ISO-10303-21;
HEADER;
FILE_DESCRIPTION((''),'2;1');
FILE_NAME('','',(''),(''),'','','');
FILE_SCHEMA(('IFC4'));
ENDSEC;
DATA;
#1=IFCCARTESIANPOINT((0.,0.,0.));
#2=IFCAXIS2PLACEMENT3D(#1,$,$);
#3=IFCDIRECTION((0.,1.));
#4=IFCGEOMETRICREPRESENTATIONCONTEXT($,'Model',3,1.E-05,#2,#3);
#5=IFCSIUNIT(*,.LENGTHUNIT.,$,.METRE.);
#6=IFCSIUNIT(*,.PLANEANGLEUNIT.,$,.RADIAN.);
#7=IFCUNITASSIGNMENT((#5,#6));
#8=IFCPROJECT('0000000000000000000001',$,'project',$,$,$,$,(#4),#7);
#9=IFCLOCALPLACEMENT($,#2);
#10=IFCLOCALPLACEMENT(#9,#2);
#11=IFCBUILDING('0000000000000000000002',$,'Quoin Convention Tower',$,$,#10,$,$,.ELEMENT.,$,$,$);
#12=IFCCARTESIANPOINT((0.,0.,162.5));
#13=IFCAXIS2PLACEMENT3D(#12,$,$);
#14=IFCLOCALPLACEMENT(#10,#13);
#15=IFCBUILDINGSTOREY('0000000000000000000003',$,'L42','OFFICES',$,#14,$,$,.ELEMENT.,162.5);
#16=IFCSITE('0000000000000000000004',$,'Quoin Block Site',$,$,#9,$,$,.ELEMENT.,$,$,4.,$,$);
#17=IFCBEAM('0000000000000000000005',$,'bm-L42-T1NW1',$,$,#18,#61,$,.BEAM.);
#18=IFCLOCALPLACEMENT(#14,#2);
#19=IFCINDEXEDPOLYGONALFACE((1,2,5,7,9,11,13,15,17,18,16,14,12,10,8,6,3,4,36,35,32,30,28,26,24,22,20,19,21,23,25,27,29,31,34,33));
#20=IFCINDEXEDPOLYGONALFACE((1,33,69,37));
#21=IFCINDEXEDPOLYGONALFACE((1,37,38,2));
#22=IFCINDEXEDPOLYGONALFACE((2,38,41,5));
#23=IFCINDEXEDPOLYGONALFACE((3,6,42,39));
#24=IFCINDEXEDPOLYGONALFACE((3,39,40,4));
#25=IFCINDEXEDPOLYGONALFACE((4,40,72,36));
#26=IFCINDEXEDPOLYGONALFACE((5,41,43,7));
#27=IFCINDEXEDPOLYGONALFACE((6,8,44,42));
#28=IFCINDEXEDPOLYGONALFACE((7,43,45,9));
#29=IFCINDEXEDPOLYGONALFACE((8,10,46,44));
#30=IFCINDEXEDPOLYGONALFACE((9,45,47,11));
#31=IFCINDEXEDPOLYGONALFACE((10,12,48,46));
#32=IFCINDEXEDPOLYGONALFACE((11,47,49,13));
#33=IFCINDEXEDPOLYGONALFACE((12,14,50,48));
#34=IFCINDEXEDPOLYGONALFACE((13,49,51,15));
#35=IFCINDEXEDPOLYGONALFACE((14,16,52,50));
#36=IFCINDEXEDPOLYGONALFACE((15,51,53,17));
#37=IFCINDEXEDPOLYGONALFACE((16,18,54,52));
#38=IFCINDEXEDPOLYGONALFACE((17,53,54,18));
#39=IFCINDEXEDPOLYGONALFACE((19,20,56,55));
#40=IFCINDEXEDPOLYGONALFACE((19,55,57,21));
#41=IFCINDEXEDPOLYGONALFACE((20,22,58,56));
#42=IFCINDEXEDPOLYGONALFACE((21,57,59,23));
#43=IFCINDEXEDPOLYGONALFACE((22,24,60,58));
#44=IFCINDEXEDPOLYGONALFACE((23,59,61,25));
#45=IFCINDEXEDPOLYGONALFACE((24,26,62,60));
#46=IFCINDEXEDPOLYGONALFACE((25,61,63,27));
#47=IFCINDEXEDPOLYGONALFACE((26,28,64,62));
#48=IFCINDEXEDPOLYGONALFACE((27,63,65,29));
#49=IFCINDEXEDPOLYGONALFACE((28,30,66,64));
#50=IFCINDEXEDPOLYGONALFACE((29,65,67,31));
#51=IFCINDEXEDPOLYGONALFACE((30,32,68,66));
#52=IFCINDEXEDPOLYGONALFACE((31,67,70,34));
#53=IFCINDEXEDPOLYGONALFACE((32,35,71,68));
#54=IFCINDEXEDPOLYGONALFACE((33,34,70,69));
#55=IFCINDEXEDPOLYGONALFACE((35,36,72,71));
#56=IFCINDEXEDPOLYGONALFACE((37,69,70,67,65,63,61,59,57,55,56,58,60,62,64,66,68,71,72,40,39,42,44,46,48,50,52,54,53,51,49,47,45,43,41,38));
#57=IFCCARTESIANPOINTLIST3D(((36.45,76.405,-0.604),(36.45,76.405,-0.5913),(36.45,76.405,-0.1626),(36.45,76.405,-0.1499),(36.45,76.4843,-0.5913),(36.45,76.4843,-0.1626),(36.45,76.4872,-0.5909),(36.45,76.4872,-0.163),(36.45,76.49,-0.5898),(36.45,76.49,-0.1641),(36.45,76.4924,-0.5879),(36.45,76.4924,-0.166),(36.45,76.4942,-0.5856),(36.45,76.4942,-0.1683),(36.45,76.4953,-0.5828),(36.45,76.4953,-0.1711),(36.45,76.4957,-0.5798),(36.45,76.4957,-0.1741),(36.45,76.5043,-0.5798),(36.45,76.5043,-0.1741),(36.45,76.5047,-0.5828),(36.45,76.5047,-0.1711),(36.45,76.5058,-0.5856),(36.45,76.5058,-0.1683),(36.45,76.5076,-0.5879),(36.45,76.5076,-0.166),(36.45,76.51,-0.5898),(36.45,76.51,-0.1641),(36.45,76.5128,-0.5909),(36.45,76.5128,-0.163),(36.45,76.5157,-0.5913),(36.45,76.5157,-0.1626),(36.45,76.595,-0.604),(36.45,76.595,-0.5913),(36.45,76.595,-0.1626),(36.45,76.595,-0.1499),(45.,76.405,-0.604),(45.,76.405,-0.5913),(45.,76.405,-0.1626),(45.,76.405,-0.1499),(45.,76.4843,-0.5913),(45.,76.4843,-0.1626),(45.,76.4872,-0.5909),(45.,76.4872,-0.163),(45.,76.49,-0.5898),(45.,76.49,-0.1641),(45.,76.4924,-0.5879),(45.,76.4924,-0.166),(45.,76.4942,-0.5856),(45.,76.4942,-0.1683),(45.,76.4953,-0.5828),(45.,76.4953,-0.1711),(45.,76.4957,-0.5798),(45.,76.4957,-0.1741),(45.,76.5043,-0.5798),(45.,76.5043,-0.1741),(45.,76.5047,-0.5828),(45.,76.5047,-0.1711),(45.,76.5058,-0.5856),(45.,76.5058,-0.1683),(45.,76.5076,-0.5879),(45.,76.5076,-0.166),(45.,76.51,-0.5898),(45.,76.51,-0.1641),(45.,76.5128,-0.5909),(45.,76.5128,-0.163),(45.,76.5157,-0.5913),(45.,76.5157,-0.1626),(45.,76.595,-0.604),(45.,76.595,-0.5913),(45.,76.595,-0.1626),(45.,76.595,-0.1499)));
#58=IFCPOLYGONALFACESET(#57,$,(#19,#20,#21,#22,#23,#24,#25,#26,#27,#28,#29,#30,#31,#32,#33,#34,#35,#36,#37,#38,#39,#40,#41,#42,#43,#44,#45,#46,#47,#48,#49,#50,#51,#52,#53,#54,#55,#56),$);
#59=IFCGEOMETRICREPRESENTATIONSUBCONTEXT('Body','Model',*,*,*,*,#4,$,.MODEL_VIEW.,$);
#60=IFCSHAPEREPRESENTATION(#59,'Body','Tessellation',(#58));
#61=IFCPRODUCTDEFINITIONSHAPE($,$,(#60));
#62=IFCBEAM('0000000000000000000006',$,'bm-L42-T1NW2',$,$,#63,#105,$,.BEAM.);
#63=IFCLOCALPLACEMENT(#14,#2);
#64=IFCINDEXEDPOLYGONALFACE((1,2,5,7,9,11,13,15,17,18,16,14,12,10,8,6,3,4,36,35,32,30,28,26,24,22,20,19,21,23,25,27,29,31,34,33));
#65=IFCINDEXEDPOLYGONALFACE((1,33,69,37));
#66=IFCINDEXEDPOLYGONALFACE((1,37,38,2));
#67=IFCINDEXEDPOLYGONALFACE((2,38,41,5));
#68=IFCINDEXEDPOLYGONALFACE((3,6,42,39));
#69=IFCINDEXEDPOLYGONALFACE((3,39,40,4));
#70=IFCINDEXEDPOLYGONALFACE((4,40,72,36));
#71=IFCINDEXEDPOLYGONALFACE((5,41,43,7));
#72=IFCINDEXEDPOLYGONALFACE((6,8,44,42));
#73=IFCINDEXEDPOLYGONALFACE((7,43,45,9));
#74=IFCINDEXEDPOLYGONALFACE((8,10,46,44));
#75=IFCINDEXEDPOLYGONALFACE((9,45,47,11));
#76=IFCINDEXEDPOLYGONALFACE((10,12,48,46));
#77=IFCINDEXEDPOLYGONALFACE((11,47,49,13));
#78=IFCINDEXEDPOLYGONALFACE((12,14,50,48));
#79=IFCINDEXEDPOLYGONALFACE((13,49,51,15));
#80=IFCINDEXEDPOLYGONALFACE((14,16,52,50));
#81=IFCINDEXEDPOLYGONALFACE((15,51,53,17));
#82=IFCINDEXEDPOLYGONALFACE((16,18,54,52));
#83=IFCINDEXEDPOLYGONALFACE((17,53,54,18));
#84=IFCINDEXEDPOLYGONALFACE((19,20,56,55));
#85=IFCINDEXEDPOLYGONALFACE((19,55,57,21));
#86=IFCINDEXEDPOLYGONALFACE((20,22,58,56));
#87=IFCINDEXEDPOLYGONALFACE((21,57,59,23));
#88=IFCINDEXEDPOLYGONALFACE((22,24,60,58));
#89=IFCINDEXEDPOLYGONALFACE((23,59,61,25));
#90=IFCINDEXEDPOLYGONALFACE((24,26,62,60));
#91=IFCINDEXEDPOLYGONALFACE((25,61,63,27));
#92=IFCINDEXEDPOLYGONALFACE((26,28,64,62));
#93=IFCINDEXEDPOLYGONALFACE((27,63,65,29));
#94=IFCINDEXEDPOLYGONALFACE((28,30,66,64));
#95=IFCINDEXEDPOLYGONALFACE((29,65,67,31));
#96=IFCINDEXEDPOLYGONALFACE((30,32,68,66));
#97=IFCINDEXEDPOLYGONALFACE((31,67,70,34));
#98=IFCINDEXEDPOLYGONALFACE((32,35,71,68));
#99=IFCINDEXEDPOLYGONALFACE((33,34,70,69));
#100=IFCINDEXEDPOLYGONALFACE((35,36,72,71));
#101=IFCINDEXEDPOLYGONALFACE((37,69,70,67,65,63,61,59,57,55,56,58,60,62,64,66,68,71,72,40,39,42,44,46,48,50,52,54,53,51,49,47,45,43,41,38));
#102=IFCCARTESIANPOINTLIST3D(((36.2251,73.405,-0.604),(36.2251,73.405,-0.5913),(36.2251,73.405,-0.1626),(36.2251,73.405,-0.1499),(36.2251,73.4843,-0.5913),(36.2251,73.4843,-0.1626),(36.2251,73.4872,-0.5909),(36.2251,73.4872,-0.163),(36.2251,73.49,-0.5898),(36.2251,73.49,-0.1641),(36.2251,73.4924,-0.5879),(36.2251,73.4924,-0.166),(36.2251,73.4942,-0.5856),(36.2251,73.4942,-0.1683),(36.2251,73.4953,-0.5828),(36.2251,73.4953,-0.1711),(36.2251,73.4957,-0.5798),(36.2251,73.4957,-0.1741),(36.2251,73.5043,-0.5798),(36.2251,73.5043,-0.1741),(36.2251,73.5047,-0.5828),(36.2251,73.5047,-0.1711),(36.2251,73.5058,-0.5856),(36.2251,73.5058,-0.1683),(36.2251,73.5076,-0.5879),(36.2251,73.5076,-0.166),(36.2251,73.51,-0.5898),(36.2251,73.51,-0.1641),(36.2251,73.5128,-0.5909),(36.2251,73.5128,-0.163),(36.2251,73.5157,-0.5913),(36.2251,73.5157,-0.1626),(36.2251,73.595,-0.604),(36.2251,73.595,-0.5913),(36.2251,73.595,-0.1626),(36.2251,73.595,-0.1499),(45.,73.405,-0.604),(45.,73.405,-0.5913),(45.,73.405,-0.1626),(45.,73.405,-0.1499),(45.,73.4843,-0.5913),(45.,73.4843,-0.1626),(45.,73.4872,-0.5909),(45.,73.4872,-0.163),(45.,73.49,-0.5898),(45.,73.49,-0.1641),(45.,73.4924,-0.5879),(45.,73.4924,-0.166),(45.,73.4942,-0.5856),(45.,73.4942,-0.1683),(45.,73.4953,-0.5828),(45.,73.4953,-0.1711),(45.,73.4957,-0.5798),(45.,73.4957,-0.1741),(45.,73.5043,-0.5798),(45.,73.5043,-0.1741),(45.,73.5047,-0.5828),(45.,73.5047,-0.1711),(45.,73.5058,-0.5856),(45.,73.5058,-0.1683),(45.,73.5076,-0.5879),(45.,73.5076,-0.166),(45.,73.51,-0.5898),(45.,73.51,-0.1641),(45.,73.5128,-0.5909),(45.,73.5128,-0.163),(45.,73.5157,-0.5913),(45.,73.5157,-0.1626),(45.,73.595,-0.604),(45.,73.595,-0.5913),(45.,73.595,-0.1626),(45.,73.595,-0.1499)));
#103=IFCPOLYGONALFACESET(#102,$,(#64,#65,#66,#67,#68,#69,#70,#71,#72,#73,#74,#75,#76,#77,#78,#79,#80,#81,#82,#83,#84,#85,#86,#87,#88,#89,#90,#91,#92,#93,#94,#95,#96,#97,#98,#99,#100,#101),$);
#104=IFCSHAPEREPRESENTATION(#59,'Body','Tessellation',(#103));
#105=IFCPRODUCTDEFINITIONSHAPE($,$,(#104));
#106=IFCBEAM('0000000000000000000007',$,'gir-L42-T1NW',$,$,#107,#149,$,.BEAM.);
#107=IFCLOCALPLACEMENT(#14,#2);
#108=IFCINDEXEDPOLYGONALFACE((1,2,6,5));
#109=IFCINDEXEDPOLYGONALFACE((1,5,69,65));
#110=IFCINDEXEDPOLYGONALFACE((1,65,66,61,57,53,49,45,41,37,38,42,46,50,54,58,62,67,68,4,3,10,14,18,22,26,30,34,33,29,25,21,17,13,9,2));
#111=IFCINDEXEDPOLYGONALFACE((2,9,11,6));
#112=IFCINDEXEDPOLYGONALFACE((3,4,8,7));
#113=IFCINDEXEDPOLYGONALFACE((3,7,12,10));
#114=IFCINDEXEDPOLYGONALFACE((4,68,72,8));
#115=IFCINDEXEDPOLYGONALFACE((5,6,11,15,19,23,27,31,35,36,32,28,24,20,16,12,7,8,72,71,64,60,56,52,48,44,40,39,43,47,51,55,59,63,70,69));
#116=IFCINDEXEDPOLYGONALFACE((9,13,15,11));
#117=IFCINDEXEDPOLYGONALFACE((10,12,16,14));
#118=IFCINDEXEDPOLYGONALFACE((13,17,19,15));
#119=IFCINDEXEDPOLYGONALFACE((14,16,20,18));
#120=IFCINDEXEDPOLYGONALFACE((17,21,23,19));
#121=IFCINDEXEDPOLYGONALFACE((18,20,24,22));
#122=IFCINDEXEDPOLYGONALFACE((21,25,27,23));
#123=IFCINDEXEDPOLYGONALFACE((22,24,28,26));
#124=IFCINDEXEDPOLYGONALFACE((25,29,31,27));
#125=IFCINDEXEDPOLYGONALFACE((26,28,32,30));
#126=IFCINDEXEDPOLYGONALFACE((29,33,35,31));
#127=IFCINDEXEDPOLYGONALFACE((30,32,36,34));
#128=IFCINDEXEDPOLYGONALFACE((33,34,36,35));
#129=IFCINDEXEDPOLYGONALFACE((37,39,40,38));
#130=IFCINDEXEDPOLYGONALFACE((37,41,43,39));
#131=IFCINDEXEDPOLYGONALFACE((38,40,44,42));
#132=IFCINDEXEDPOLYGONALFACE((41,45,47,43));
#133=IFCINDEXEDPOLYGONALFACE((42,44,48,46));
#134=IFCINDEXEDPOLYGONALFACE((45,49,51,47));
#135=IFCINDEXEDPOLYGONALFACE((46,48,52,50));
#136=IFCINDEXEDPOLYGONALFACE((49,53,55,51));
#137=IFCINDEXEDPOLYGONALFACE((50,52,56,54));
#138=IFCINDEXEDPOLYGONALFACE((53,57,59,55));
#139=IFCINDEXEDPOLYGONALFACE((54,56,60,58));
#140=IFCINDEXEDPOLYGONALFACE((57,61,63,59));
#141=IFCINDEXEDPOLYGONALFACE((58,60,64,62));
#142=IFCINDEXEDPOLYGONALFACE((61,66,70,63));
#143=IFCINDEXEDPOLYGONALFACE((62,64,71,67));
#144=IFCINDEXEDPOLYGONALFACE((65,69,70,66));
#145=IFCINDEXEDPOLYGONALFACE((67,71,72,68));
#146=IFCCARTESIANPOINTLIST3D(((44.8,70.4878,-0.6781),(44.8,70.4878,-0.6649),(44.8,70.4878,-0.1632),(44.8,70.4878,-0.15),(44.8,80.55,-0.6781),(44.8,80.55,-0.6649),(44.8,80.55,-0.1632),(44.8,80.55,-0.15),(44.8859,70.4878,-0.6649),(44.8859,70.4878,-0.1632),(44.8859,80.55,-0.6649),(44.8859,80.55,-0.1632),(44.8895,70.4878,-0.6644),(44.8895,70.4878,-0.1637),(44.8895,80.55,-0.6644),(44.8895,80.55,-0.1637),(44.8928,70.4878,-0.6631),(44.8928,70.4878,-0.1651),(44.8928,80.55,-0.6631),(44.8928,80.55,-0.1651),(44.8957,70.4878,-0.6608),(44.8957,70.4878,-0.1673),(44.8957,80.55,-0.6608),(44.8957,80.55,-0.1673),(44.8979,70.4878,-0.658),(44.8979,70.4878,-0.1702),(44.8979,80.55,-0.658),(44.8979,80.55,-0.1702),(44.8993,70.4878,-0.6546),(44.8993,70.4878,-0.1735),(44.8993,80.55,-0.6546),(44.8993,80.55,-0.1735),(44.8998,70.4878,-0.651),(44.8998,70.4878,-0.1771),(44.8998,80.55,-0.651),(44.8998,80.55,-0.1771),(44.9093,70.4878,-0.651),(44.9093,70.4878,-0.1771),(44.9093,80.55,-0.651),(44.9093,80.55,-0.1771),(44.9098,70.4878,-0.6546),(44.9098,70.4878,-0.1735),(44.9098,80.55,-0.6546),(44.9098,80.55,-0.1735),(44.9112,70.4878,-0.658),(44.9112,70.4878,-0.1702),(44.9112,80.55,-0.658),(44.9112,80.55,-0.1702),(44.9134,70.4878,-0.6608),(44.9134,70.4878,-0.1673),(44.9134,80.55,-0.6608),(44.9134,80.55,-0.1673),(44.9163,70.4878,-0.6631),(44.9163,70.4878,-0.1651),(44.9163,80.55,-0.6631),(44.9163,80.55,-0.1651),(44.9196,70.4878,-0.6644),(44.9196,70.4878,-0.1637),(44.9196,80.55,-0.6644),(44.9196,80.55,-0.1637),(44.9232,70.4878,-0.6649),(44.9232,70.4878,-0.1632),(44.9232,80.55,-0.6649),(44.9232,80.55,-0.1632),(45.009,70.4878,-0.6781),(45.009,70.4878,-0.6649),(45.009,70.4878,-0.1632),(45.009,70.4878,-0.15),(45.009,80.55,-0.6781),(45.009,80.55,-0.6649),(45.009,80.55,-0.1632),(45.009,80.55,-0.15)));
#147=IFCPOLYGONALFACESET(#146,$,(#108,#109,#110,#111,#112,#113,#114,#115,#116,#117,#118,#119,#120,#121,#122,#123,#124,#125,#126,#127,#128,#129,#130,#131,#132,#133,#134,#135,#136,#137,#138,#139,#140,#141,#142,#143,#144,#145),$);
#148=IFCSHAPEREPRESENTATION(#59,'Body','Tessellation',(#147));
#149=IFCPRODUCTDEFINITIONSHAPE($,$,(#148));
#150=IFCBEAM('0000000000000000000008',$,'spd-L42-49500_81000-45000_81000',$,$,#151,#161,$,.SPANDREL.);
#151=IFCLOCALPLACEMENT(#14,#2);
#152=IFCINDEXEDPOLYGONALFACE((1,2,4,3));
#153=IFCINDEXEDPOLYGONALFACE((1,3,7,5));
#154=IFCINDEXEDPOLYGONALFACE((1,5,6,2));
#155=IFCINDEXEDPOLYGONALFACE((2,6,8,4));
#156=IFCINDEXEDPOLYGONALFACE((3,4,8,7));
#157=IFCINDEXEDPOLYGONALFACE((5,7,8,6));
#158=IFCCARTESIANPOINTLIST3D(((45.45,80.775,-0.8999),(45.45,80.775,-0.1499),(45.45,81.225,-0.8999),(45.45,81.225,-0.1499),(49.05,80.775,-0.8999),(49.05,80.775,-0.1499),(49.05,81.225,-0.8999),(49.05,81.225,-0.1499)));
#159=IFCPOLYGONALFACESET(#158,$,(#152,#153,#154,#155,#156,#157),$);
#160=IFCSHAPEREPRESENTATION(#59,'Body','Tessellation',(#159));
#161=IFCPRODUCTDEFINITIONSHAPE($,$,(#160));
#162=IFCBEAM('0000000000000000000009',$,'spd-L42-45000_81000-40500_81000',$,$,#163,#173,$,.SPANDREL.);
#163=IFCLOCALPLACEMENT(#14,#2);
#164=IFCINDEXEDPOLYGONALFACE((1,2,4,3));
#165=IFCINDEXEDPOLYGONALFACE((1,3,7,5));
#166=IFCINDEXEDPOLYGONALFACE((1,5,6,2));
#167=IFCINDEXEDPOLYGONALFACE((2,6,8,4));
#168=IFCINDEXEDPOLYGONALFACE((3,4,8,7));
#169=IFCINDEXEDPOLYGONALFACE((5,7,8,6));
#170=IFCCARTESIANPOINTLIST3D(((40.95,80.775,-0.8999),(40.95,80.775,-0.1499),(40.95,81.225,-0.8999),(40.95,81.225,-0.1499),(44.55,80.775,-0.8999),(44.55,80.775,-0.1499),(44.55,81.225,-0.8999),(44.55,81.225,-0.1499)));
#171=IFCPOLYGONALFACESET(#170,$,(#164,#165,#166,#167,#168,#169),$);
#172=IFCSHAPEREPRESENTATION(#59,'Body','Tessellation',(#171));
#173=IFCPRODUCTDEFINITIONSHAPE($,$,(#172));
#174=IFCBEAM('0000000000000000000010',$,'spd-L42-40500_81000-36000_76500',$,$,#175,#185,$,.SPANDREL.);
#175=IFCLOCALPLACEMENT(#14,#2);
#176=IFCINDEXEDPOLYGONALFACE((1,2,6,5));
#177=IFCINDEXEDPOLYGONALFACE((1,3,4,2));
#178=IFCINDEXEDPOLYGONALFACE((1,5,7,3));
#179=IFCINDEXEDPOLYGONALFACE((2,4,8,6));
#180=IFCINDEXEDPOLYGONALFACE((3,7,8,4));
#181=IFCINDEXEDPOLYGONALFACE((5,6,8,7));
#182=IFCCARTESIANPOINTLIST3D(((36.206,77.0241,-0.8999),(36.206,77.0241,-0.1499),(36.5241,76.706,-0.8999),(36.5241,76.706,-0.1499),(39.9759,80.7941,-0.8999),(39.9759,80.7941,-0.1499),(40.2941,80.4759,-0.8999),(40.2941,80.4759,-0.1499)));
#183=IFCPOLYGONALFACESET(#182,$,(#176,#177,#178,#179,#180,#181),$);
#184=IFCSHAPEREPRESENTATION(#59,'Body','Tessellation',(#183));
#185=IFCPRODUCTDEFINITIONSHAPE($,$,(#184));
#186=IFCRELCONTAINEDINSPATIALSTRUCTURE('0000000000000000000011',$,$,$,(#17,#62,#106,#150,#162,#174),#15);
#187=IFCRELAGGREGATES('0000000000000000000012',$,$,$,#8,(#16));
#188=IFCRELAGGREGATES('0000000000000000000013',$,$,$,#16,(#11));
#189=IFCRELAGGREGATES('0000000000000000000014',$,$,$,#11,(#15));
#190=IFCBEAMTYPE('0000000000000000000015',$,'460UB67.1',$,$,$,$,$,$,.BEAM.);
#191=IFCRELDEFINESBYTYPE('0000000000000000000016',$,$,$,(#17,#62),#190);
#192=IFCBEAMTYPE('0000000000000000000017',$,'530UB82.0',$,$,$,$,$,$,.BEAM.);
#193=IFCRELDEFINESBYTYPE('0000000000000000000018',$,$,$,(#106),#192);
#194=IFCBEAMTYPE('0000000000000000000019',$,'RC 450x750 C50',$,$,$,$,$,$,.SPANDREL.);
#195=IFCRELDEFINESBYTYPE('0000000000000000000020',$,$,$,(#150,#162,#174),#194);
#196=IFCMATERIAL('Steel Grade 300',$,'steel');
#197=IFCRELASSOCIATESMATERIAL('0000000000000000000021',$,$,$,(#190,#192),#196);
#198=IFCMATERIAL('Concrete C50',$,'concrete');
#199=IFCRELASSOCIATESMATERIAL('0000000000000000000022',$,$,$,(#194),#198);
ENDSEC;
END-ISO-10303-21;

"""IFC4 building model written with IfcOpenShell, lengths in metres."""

from ifc_helpers import new_model, si_unit, direction, frame, origin, origin_2d, place, context, subcontext, project, spatial, rectangle, i_section, extrude, material, material_profile, profile_set, type_object, element, save


model = new_model("IFC4")

# Units and contexts
model_context = context("Model", 3, precision=1e-05, world=origin(), true_north=direction((0.0, 1.0)))
body_context = subcontext(model_context, "Body", "Model", "MODEL_VIEW")
ifc_project = project(units=[si_unit("LENGTHUNIT", "METRE"), si_unit("PLANEANGLEUNIT", "RADIAN")], contexts=[model_context])

# Site, building, storey
site_placement = place(None, origin())
site = spatial("IfcSite", under=ifc_project, at=site_placement, Name="Quoin Block Site", CompositionType="ELEMENT", RefElevation=4.0)
building_placement = place(site_placement, origin())
building = spatial("IfcBuilding", under=site, at=building_placement, Name="Quoin Convention Tower", CompositionType="ELEMENT")
storey_placement = place(building_placement, frame((0.0, 0.0, 162.5)))
storey = spatial("IfcBuildingStorey", under=building, at=storey_placement, Name="L42", Description="OFFICES", CompositionType="ELEMENT", Elevation=162.5)

# Shared definitions
ifc_material_1 = material(Name="Concrete C50", Category="concrete")

# Beams
ifc_material_2 = material(Name="Steel Grade 300", Category="steel")
ifc_material_profile_1 = material_profile(ifc_material_2, i_section(OverallWidth=0.1899, OverallDepth=0.4541, WebThickness=0.0085, FlangeThickness=0.0127, FilletRadius=0.0115, at=origin_2d()), Name="460UB67.1")
ifc_profile_set_1 = profile_set([ifc_material_profile_1], Name="Steel Grade 300")
beam_type_1 = type_object("IfcBeamType", Name="460UB67.1", PredefinedType="BEAM", material=ifc_profile_set_1)
beam_1_placement = place(storey_placement, frame((36.45, 76.5, -0.377), z_axis=(1.0, 0.0, 0.0), x_axis=(0.0, 1.0, 0.0)))
element("IfcBeam", 1, at=beam_1_placement, inside=storey, type_object=beam_type_1, Name="bm-L42-T1NW1", PredefinedType="BEAM", context=body_context, shape_type="SweptSolid", body=[
    extrude(i_section(OverallWidth=0.1899, OverallDepth=0.4541, WebThickness=0.0085, FlangeThickness=0.0127, FilletRadius=0.0115, at=origin_2d()), origin(), (0.0, 0.0, 1.0), 8.55),
])
beam_2_placement = place(storey_placement, frame((36.2251, 73.5, -0.377), z_axis=(1.0, 0.0, 0.0), x_axis=(0.0, 1.0, 0.0)))
element("IfcBeam", 2, at=beam_2_placement, inside=storey, type_object=beam_type_1, Name="bm-L42-T1NW2", PredefinedType="BEAM", context=body_context, shape_type="SweptSolid", body=[
    extrude(i_section(OverallWidth=0.1899, OverallDepth=0.4541, WebThickness=0.0085, FlangeThickness=0.0127, FilletRadius=0.0115, at=origin_2d()), origin(), (0.0, 0.0, 1.0), 8.7749),
])
ifc_material_profile_2 = material_profile(ifc_material_2, i_section(OverallWidth=0.209, OverallDepth=0.5281, WebThickness=0.0095, FlangeThickness=0.0132, FilletRadius=0.0139, at=origin_2d()), Name="530UB82.0")
ifc_profile_set_2 = profile_set([ifc_material_profile_2], Name="Steel Grade 300")
beam_type_2 = type_object("IfcBeamType", Name="530UB82.0", PredefinedType="BEAM", material=ifc_profile_set_2)
beam_3_placement = place(storey_placement, frame((44.9045, 80.55, -0.4141), z_axis=(0.0, -1.0, 0.0), x_axis=(1.0, 0.0, 0.0)))
element("IfcBeam", 3, at=beam_3_placement, inside=storey, type_object=beam_type_2, Name="gir-L42-T1NW", PredefinedType="BEAM", context=body_context, shape_type="SweptSolid", body=[
    extrude(i_section(OverallWidth=0.209, OverallDepth=0.5281, WebThickness=0.0095, FlangeThickness=0.0132, FilletRadius=0.0139, at=origin_2d()), origin(), (0.0, 0.0, 1.0), 10.0623),
])
ifc_material_profile_3 = material_profile(ifc_material_1, rectangle(XDim=0.45, YDim=0.75, at=origin_2d()), Name="RC 450x750")
ifc_profile_set_3 = profile_set([ifc_material_profile_3], Name="Concrete C50")
beam_type_3 = type_object("IfcBeamType", Name="RC 450x750 C50", PredefinedType="SPANDREL", material=ifc_profile_set_3)
for number, where, z_axis, x_axis, name in (
    (4, (49.05, 81.0, -0.5249), (-1.0, 0.0, 0.0), (0.0, -1.0, 0.0), "spd-L42-49500_81000-45000_81000"),
    (5, (44.55, 81.0, -0.5249), (-1.0, 0.0, 0.0), (0.0, -1.0, 0.0), "spd-L42-45000_81000-40500_81000"),
):
    element("IfcBeam", number, at=place(storey_placement, frame(where, z_axis=z_axis, x_axis=x_axis)), inside=storey, type_object=beam_type_3, Name=name, PredefinedType="SPANDREL", context=body_context, shape_type="SweptSolid", body=[
        extrude(rectangle(XDim=0.45, YDim=0.75, at=origin_2d()), origin(), (0.0, 0.0, 1.0), 3.6001),
    ])
beam_4_placement = place(storey_placement, frame((40.135, 80.635, -0.5249), z_axis=(-0.707107, -0.707107, 0.0), x_axis=(0.707107, -0.707107, 0.0)))
element("IfcBeam", 6, at=beam_4_placement, inside=storey, type_object=beam_type_3, Name="spd-L42-40500_81000-36000_76500", PredefinedType="SPANDREL", context=body_context, shape_type="SweptSolid", body=[
    extrude(rectangle(XDim=0.45, YDim=0.75, at=origin_2d()), origin(), (0.0, 0.0, 1.0), 5.3315),
])

save(model, "model.ifc")
